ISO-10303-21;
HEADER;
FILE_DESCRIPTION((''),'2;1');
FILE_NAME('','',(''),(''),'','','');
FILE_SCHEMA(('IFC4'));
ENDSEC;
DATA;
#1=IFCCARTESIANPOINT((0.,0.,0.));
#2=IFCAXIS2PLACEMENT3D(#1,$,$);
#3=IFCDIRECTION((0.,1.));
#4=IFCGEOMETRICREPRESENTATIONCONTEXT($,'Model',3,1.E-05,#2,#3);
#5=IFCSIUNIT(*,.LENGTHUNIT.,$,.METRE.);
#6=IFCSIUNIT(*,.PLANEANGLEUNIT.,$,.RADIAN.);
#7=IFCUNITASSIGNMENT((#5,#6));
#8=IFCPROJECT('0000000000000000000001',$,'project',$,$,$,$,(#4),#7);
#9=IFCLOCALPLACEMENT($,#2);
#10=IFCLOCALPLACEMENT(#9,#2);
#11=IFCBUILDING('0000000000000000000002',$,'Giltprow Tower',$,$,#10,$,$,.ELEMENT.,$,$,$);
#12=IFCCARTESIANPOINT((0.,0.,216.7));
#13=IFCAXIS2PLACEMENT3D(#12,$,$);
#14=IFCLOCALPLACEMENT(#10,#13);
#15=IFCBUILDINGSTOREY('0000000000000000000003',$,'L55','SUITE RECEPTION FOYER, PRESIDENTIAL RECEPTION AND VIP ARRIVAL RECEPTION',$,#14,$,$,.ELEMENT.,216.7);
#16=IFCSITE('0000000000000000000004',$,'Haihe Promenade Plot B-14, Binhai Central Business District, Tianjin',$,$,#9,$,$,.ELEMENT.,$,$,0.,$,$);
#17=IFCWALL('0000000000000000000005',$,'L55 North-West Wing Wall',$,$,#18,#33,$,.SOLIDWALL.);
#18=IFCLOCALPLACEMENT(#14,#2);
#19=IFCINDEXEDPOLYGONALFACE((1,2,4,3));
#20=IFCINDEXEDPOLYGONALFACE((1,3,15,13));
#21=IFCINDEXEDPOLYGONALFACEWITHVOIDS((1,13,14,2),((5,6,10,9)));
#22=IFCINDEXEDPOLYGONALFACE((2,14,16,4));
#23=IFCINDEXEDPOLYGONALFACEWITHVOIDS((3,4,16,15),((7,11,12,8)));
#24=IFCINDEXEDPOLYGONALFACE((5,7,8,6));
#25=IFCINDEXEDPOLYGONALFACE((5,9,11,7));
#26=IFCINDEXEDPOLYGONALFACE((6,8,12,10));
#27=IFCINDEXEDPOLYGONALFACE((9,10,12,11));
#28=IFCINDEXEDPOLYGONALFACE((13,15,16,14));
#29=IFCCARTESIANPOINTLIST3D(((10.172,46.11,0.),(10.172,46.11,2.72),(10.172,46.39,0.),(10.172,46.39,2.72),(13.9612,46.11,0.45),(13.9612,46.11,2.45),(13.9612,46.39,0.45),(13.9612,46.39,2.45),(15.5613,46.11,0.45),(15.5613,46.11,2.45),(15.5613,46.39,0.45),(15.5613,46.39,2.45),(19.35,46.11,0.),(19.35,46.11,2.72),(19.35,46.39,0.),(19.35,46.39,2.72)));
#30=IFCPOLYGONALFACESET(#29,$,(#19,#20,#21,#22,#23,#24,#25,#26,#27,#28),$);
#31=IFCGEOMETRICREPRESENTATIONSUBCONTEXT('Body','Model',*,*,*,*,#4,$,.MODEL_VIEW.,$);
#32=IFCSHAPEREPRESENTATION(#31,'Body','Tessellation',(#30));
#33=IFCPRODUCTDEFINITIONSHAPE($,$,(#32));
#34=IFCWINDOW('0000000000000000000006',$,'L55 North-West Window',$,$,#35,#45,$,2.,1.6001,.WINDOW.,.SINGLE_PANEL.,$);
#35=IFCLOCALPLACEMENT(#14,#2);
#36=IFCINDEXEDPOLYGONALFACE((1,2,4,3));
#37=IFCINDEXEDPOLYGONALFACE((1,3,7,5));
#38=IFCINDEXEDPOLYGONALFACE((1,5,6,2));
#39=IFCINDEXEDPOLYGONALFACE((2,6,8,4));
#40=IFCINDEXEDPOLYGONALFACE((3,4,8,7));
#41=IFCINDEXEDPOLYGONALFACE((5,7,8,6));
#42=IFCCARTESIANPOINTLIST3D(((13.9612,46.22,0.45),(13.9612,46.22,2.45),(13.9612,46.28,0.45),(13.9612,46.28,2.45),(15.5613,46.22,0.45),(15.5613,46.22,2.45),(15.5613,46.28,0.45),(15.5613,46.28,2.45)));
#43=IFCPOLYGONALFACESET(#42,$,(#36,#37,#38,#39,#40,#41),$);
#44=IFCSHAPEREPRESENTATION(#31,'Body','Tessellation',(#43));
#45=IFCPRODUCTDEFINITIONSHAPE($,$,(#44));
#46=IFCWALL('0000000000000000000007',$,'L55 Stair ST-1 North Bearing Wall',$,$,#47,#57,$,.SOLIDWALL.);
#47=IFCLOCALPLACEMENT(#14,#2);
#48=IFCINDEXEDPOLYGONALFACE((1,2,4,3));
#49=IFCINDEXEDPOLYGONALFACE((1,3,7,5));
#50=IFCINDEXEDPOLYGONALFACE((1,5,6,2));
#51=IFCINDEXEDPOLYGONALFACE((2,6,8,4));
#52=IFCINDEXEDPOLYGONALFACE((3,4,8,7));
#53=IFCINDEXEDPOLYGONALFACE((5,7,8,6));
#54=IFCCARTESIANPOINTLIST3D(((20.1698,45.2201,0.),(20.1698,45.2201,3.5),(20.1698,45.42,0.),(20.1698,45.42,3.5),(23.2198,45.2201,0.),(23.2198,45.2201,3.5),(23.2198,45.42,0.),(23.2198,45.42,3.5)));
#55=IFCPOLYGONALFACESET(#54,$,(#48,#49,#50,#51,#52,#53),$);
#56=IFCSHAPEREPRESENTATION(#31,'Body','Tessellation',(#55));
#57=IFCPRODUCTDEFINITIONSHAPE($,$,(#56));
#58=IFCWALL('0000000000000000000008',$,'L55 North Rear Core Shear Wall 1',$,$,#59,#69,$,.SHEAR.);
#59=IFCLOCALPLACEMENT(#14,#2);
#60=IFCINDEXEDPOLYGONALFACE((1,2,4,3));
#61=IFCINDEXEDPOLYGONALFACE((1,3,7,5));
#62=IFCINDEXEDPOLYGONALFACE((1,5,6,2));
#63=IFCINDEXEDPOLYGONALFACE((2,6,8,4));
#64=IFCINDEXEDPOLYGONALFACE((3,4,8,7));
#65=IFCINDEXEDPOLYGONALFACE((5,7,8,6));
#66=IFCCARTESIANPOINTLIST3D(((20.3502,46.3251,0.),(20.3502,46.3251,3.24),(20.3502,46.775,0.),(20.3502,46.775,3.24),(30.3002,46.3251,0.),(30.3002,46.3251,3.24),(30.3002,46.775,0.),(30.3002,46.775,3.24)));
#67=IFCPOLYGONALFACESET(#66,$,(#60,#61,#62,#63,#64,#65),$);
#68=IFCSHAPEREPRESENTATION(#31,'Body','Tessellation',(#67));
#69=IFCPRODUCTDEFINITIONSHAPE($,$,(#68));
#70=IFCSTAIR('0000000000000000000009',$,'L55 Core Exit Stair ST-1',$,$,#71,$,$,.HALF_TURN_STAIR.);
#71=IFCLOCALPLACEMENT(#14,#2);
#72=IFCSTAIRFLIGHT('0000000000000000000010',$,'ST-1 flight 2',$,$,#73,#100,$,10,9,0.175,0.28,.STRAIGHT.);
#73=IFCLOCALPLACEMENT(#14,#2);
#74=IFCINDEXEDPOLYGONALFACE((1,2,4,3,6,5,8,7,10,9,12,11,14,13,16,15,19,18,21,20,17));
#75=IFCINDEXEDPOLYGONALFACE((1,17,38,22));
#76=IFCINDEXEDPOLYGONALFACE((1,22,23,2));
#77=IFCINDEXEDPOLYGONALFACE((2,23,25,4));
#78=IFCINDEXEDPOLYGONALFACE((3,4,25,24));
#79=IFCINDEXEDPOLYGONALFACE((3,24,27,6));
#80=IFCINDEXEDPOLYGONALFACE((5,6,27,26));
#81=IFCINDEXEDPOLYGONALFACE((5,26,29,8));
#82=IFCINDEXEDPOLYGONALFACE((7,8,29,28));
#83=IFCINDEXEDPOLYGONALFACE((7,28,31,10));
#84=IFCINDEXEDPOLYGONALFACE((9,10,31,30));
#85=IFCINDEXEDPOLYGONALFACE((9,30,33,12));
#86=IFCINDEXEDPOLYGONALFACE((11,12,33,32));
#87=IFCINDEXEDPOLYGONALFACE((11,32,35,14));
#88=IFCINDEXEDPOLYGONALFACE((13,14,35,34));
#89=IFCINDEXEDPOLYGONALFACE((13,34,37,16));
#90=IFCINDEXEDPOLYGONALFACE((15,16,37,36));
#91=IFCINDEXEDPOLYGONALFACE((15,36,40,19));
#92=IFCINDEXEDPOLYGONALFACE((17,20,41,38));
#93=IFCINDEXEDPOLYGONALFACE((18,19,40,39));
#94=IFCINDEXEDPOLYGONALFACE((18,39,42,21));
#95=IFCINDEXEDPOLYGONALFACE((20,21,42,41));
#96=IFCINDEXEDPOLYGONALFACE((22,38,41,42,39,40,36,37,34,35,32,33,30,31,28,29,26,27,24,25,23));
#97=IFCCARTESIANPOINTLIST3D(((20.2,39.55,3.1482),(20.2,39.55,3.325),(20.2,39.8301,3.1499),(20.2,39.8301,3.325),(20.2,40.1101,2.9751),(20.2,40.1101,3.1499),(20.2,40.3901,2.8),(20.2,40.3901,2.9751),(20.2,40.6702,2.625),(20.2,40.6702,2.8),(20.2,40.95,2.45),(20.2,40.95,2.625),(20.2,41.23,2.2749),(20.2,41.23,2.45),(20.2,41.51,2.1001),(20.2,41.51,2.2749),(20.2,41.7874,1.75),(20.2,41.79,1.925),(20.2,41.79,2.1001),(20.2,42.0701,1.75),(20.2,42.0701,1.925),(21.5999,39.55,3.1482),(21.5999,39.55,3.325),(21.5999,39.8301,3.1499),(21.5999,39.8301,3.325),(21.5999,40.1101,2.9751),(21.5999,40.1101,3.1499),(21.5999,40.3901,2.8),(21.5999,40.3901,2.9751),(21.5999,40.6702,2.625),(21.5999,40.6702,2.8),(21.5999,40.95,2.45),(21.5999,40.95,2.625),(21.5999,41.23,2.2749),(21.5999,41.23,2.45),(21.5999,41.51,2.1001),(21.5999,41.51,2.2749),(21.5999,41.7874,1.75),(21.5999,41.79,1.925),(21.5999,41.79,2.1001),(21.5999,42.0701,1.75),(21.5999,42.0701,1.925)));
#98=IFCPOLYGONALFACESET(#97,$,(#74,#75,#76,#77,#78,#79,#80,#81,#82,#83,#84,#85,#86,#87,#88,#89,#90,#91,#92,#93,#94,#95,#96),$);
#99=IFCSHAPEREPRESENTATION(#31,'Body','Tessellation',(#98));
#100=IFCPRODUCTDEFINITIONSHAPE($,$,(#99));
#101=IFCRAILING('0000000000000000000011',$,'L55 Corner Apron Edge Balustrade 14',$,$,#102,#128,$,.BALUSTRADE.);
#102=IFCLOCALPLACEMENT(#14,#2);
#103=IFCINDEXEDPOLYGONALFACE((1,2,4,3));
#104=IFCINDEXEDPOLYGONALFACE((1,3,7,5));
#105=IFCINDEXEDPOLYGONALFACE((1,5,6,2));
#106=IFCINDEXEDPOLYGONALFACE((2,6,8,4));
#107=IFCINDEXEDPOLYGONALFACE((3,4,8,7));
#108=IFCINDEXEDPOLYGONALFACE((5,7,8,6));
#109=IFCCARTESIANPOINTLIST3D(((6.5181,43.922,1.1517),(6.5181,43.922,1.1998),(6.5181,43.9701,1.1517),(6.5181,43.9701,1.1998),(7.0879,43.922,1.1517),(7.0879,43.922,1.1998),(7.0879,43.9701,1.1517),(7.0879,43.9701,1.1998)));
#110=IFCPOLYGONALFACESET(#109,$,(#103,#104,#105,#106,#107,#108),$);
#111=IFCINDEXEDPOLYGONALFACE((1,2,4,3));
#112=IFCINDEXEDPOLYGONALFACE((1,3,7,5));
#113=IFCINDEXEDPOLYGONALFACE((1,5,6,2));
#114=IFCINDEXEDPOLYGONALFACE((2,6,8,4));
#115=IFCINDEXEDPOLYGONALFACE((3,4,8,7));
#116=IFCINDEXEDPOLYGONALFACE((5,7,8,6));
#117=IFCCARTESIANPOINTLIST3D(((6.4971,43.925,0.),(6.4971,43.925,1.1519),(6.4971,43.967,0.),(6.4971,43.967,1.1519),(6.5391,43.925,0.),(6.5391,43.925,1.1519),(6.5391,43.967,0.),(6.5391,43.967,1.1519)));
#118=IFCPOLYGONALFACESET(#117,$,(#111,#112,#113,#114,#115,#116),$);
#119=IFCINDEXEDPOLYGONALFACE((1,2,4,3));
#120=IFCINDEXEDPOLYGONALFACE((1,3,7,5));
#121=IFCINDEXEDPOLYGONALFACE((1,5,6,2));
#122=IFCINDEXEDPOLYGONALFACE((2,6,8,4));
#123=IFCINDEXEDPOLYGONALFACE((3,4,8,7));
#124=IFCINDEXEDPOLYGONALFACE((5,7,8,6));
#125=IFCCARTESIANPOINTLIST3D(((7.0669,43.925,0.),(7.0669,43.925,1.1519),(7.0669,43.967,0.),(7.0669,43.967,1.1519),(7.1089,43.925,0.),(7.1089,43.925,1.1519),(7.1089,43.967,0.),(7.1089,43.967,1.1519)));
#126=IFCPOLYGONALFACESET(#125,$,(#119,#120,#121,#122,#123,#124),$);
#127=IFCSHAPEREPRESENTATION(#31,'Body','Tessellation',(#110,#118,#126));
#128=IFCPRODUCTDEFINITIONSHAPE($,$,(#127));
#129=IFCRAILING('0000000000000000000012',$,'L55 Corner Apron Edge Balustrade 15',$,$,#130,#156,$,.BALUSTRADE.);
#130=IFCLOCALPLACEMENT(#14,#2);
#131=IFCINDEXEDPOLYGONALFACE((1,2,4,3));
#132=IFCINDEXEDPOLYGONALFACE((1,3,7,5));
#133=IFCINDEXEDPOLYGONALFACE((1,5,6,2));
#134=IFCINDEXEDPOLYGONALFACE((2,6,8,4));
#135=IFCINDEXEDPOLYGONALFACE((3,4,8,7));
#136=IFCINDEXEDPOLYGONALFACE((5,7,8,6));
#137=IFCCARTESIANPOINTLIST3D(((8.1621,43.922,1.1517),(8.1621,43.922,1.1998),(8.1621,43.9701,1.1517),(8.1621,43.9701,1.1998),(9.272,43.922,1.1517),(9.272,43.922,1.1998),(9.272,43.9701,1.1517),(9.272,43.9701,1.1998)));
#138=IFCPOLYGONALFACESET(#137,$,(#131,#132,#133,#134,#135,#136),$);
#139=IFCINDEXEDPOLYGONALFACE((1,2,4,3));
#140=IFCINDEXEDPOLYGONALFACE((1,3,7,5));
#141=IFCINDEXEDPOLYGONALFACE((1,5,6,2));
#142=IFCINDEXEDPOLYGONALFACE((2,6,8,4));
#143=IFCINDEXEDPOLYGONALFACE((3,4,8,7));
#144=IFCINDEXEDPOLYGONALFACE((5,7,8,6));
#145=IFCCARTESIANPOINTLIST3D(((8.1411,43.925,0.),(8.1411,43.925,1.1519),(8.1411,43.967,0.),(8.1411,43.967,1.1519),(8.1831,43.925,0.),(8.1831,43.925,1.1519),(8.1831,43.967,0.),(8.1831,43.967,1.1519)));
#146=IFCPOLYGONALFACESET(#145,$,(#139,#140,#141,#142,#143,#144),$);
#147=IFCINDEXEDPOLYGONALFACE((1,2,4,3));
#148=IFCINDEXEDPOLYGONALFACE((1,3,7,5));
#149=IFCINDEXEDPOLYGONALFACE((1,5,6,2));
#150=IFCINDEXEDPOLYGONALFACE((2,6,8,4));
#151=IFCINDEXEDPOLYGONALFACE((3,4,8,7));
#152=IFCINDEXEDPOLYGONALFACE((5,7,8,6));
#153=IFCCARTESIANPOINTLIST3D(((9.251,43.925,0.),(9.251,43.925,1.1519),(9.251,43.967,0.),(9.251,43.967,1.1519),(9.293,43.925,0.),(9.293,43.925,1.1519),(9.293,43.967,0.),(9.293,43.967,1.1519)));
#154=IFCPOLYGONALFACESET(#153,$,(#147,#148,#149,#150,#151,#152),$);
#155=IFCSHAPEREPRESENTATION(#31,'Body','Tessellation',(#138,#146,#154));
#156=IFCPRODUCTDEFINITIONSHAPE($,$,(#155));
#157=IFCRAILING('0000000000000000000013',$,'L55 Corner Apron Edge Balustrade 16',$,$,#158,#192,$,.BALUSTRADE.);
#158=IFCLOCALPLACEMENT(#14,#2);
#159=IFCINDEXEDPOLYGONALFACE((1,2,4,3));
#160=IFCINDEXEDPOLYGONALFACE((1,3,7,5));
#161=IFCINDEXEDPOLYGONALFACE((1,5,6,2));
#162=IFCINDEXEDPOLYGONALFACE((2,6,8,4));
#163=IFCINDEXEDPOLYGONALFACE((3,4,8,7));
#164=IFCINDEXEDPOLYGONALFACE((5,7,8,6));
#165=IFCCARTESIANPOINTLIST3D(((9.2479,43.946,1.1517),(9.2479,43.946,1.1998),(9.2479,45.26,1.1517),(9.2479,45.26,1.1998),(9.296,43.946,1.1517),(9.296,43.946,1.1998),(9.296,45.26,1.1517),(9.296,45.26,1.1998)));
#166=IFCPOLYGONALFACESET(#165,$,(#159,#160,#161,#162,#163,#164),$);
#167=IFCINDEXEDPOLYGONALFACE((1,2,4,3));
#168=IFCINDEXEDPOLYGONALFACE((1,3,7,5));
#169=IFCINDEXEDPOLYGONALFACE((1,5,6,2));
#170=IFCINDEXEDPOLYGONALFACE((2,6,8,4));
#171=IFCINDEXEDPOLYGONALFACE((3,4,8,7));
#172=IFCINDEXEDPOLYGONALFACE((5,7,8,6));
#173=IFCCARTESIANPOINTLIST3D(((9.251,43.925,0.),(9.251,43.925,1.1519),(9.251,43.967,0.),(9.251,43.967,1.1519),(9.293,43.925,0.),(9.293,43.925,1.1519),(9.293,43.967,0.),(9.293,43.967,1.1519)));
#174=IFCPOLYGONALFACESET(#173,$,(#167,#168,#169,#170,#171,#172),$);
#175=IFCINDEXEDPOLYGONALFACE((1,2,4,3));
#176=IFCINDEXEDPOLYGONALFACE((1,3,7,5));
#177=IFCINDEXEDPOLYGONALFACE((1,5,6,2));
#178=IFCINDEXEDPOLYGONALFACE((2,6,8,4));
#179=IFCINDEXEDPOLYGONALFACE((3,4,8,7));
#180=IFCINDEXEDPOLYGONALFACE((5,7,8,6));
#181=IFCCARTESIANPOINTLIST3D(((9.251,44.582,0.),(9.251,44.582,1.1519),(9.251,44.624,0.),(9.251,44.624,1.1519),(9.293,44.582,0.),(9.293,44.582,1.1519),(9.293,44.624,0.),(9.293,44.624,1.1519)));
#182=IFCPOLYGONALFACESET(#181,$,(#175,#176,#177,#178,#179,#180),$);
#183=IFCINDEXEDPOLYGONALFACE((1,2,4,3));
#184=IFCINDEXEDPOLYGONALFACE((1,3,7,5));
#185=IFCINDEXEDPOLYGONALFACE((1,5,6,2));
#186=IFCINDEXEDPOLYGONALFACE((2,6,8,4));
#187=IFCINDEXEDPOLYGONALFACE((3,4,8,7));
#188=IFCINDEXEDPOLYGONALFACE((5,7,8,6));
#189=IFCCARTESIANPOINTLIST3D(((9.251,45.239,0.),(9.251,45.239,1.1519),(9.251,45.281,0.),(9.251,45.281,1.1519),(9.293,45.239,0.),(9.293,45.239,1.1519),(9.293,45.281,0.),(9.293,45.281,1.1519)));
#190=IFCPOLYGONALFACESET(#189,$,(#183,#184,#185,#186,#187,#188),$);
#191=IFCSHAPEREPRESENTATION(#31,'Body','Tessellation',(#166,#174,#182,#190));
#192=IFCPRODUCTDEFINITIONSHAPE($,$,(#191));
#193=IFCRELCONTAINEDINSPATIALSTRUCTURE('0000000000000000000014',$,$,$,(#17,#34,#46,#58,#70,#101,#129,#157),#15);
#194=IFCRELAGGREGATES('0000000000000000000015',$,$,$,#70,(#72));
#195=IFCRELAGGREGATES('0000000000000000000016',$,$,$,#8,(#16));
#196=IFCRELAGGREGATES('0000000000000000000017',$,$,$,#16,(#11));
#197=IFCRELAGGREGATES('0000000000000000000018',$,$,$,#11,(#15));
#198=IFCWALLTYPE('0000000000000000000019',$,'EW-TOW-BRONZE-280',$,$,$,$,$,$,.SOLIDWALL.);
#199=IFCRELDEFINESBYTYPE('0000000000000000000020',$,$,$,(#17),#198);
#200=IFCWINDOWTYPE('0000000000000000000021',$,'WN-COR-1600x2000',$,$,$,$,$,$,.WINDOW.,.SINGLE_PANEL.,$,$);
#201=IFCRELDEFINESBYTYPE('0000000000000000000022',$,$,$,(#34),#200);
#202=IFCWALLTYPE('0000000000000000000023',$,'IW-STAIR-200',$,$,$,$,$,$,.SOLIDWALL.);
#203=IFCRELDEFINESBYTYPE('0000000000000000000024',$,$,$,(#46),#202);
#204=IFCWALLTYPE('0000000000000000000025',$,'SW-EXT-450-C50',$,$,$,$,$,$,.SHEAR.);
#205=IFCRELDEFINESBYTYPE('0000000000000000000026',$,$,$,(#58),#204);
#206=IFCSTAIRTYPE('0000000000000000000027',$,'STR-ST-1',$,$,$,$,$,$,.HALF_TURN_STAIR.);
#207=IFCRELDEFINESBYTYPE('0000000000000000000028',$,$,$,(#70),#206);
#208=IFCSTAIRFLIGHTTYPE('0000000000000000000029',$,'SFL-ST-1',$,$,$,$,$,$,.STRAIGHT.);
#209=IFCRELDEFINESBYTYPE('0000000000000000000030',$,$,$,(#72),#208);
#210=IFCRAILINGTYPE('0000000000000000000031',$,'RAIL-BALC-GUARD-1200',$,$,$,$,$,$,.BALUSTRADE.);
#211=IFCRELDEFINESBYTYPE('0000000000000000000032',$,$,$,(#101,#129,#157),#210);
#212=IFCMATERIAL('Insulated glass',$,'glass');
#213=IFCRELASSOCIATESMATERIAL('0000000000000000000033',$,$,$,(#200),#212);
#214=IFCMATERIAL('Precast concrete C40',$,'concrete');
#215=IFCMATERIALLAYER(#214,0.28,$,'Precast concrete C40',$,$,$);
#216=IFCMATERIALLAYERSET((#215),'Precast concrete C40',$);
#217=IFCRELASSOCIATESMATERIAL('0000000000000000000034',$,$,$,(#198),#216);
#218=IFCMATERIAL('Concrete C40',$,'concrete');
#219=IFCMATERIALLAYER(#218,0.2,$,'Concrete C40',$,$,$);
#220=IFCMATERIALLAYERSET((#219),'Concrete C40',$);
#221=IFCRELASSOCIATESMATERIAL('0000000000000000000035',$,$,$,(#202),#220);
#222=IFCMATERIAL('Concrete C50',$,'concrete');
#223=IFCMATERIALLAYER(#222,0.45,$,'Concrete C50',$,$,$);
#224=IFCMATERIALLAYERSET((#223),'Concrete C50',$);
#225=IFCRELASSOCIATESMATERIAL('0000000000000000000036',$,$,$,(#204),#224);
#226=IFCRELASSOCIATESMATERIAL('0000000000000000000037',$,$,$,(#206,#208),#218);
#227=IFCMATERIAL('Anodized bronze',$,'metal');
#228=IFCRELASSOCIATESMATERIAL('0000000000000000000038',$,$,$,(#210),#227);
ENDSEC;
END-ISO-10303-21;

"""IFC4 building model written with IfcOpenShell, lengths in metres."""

from ifc_helpers import new_model, si_unit, direction, frame, frame_2d, origin, origin_2d, place, context, subcontext, project, spatial, polyline, rectangle, outline, extrude, source, transform, mapped, material, layer, layer_set, type_object, element, fill, aggregate, save


model = new_model("IFC4")

# Units and contexts
model_context = context("Model", 3, precision=1e-05, world=origin(), true_north=direction((0.0, 1.0)))
body_context = subcontext(model_context, "Body", "Model", "MODEL_VIEW")
ifc_project = project(units=[si_unit("LENGTHUNIT", "METRE"), si_unit("PLANEANGLEUNIT", "RADIAN")], contexts=[model_context])

# Site, building, storey
site_placement = place(None, origin())
site = spatial("IfcSite", under=ifc_project, at=site_placement, Name="Haihe Promenade Plot B-14, Binhai Central Business District, Tianjin", CompositionType="ELEMENT", RefElevation=0.0)
building_placement = place(site_placement, origin())
building = spatial("IfcBuilding", under=site, at=building_placement, Name="Giltprow Tower", CompositionType="ELEMENT")
storey_placement = place(building_placement, frame((0.0, 0.0, 216.7)))
storey = spatial("IfcBuildingStorey", under=building, at=storey_placement, Name="L55", Description="SUITE RECEPTION FOYER, PRESIDENTIAL RECEPTION AND VIP ARRIVAL RECEPTION", CompositionType="ELEMENT", Elevation=216.7)

# Shared definitions
ifc_material_1 = material(Name="Concrete C50", Category="concrete")

# Wall, opening, window
ifc_material_2 = material(Name="Precast concrete C40", Category="concrete")
ifc_material_3 = material(Name="Insulated glass", Category="glass")
window_type = type_object("IfcWindowType", Name="WN-COR-1600x2000", PartitioningType="SINGLE_PANEL", PredefinedType="WINDOW", material=ifc_material_3)
shared_shape_1 = source(origin(), body_context, "Body", "SweptSolid", [
    extrude(rectangle(XDim=1.6001, YDim=2.0, at=frame_2d((0.8, 1.0))), frame((0.0, 0.03, 0.0), z_axis=(0.0, -1.0, 0.0), x_axis=(1.0, 0.0, 0.0)), (0.0, 0.0, 1.0), 0.0601),
])
ifc_layer_1 = layer(ifc_material_2, 0.28, Name="Precast concrete C40")
ifc_layer_set_1 = layer_set([ifc_layer_1], Name="Precast concrete C40")
wall_type_1 = type_object("IfcWallType", Name="EW-TOW-BRONZE-280", PredefinedType="SOLIDWALL", material=ifc_layer_set_1)
wall_1_placement = place(storey_placement, frame((10.1721, 46.25, 0.0), z_axis=(0.0, 0.0, 1.0), x_axis=(1.0, 0.0, 0.0)))
wall_1 = element("IfcWall", 1, at=wall_1_placement, inside=storey, type_object=wall_type_1, Name="L55 North-West Wing Wall", PredefinedType="SOLIDWALL", context=body_context, shape_type="SweptSolid", body=[
    extrude(rectangle(XDim=9.178, YDim=0.28, at=frame_2d((4.5889, 0.0))), origin(), (0.0, 0.0, 1.0), 2.72),
])
opening_1_placement = place(wall_1_placement, frame((3.7891, 0.0, 0.45)))
opening_1 = element("IfcOpeningElement", 2, at=opening_1_placement, cuts=wall_1, PredefinedType="OPENING", context=body_context, shape_type="SweptSolid", body=[
    extrude(rectangle(XDim=1.6001, YDim=2.0, at=frame_2d((0.8, 1.0))), frame((0.0, 0.1499, 0.0), z_axis=(0.0, -1.0, 0.0), x_axis=(1.0, 0.0, 0.0)), (0.0, 0.0, 1.0), 0.3),
])
window_1_placement = place(opening_1_placement, origin())
window_1 = element("IfcWindow", 3, at=window_1_placement, inside=storey, type_object=window_type, Name="L55 North-West Window", OverallHeight=2.0, OverallWidth=1.6001, PartitioningType="SINGLE_PANEL", PredefinedType="WINDOW", context=body_context, shape_type="MappedRepresentation", body=[
    mapped(shared_shape_1, transform((0.0, 0.0, 0.0), x_axis=(1.0, 0.0, 0.0), y_axis=(0.0, 1.0, 0.0), z_axis=(0.0, 0.0, 1.0), scale=1.0)),
])
fill(opening_1, window_1)

# Walls
ifc_material_4 = material(Name="Concrete C40", Category="concrete")
ifc_layer_2 = layer(ifc_material_4, 0.2, Name="Concrete C40")
ifc_layer_set_2 = layer_set([ifc_layer_2], Name="Concrete C40")
wall_type_2 = type_object("IfcWallType", Name="IW-STAIR-200", PredefinedType="SOLIDWALL", material=ifc_layer_set_2)
wall_2_placement = place(storey_placement, frame((20.1699, 45.3201, 0.0), z_axis=(0.0, 0.0, 1.0), x_axis=(1.0, 0.0, 0.0)))
element("IfcWall", 4, at=wall_2_placement, inside=storey, type_object=wall_type_2, Name="L55 Stair ST-1 North Bearing Wall", PredefinedType="SOLIDWALL", context=body_context, shape_type="SweptSolid", body=[
    extrude(rectangle(XDim=3.05, YDim=0.2, at=frame_2d((1.5249, 0.0))), origin(), (0.0, 0.0, 1.0), 3.5),
])
ifc_layer_3 = layer(ifc_material_1, 0.45, Name="Concrete C50")
ifc_layer_set_3 = layer_set([ifc_layer_3], Name="Concrete C50")
wall_type_3 = type_object("IfcWallType", Name="SW-EXT-450-C50", PredefinedType="SHEAR", material=ifc_layer_set_3)
wall_3_placement = place(storey_placement, frame((20.3501, 46.55, 0.0), z_axis=(0.0, 0.0, 1.0), x_axis=(1.0, 0.0, 0.0)))
element("IfcWall", 5, at=wall_3_placement, inside=storey, type_object=wall_type_3, Name="L55 North Rear Core Shear Wall 1", PredefinedType="SHEAR", context=body_context, shape_type="SweptSolid", body=[
    extrude(rectangle(XDim=9.95, YDim=0.45, at=frame_2d((4.9751, 0.0))), origin(), (0.0, 0.0, 1.0), 3.24),
])

# Stair, stair flight
stair_type = type_object("IfcStairType", Name="STR-ST-1", PredefinedType="HALF_TURN_STAIR", material=ifc_material_4)
stair_placement = place(storey_placement, origin())
stair = element("IfcStair", 6, at=stair_placement, inside=storey, type_object=stair_type, Name="L55 Core Exit Stair ST-1", PredefinedType="HALF_TURN_STAIR")
stair_flight_type = type_object("IfcStairFlightType", Name="SFL-ST-1", PredefinedType="STRAIGHT", material=ifc_material_4)
stair_flight_placement = place(storey_placement, frame((20.8999, 42.0701, 1.75), z_axis=(0.0, 0.0, 1.0), x_axis=(0.0, -1.0, 0.0)))
stair_flight = element("IfcStairFlight", 7, at=stair_flight_placement, type_object=stair_flight_type, Name="ST-1 flight 2", NumberOfRisers=10, NumberOfTreads=9, PredefinedType="STRAIGHT", RiserHeight=0.175, TreadLength=0.28, context=body_context, shape_type="SweptSolid", body=[
    extrude(outline(polyline([(0.0, 0.0), (0.0, 0.175), (0.28, 0.175), (0.28, 0.3501), (0.5601, 0.3501), (0.5601, 0.5249), (0.8401, 0.5249), (0.8401, 0.7), (1.1201, 0.7), (1.1201, 0.875), (1.3999, 0.875), (1.3999, 1.05), (1.6799, 1.05), (1.6799, 1.2251), (1.96, 1.2251), (1.96, 1.3999), (2.24, 1.3999), (2.24, 1.575), (2.52, 1.575), (2.52, 1.75), (2.52, 1.3982), (0.2827, 0.0), (0.0, 0.0)])), frame((0.0, 0.7, 0.0), z_axis=(0.0, -1.0, 0.0), x_axis=(1.0, 0.0, 0.0)), (0.0, 0.0, 1.0), 1.3999),
])
aggregate(stair, [stair_flight])

# Railings
ifc_material_5 = material(Name="Anodized bronze", Category="metal")
railing_type_1 = type_object("IfcRailingType", Name="RAIL-BALC-GUARD-1200", PredefinedType="BALUSTRADE", material=ifc_material_5)
railing_1_placement = place(storey_placement, frame((6.5181, 43.946, 0.0)))
element("IfcRailing", 8, at=railing_1_placement, inside=storey, type_object=railing_type_1, Name="L55 Corner Apron Edge Balustrade 14", PredefinedType="BALUSTRADE", context=body_context, shape_type="SweptSolid", body=[
    extrude(rectangle(XDim=0.0481, YDim=0.0481, at=origin_2d()), frame((0.0, 0.0, 1.1758), z_axis=(1.0, 0.0, 0.0), x_axis=(0.0, 1.0, 0.0)), (0.0, 0.0, 1.0), 0.5698),
    extrude(rectangle(XDim=0.042, YDim=0.042, at=origin_2d()), origin(), (0.0, 0.0, 1.0), 1.1519),
    extrude(rectangle(XDim=0.042, YDim=0.042, at=origin_2d()), frame((0.5698, 0.0, 0.0)), (0.0, 0.0, 1.0), 1.1519),
])
railing_2_placement = place(storey_placement, frame((8.1621, 43.946, 0.0)))
element("IfcRailing", 9, at=railing_2_placement, inside=storey, type_object=railing_type_1, Name="L55 Corner Apron Edge Balustrade 15", PredefinedType="BALUSTRADE", context=body_context, shape_type="SweptSolid", body=[
    extrude(rectangle(XDim=0.0481, YDim=0.0481, at=origin_2d()), frame((0.0, 0.0, 1.1758), z_axis=(1.0, 0.0, 0.0), x_axis=(0.0, 1.0, 0.0)), (0.0, 0.0, 1.0), 1.1099),
    extrude(rectangle(XDim=0.042, YDim=0.042, at=origin_2d()), origin(), (0.0, 0.0, 1.0), 1.1519),
    extrude(rectangle(XDim=0.042, YDim=0.042, at=origin_2d()), frame((1.1099, 0.0, 0.0)), (0.0, 0.0, 1.0), 1.1519),
])
railing_3_placement = place(storey_placement, frame((9.272, 43.946, 0.0)))
element("IfcRailing", 10, at=railing_3_placement, inside=storey, type_object=railing_type_1, Name="L55 Corner Apron Edge Balustrade 16", PredefinedType="BALUSTRADE", context=body_context, shape_type="SweptSolid", body=[
    extrude(rectangle(XDim=0.0481, YDim=0.0481, at=origin_2d()), frame((0.0, 0.0, 1.1758), z_axis=(0.0, 1.0, 0.0), x_axis=(-1.0, 0.0, 0.0)), (0.0, 0.0, 1.0), 1.314),
    extrude(rectangle(XDim=0.042, YDim=0.042, at=origin_2d()), origin(), (0.0, 0.0, 1.0), 1.1519),
    extrude(rectangle(XDim=0.042, YDim=0.042, at=origin_2d()), frame((0.0, 0.657, 0.0)), (0.0, 0.0, 1.0), 1.1519),
    extrude(rectangle(XDim=0.042, YDim=0.042, at=origin_2d()), frame((0.0, 1.314, 0.0)), (0.0, 0.0, 1.0), 1.1519),
])

save(model, "model.ifc")
